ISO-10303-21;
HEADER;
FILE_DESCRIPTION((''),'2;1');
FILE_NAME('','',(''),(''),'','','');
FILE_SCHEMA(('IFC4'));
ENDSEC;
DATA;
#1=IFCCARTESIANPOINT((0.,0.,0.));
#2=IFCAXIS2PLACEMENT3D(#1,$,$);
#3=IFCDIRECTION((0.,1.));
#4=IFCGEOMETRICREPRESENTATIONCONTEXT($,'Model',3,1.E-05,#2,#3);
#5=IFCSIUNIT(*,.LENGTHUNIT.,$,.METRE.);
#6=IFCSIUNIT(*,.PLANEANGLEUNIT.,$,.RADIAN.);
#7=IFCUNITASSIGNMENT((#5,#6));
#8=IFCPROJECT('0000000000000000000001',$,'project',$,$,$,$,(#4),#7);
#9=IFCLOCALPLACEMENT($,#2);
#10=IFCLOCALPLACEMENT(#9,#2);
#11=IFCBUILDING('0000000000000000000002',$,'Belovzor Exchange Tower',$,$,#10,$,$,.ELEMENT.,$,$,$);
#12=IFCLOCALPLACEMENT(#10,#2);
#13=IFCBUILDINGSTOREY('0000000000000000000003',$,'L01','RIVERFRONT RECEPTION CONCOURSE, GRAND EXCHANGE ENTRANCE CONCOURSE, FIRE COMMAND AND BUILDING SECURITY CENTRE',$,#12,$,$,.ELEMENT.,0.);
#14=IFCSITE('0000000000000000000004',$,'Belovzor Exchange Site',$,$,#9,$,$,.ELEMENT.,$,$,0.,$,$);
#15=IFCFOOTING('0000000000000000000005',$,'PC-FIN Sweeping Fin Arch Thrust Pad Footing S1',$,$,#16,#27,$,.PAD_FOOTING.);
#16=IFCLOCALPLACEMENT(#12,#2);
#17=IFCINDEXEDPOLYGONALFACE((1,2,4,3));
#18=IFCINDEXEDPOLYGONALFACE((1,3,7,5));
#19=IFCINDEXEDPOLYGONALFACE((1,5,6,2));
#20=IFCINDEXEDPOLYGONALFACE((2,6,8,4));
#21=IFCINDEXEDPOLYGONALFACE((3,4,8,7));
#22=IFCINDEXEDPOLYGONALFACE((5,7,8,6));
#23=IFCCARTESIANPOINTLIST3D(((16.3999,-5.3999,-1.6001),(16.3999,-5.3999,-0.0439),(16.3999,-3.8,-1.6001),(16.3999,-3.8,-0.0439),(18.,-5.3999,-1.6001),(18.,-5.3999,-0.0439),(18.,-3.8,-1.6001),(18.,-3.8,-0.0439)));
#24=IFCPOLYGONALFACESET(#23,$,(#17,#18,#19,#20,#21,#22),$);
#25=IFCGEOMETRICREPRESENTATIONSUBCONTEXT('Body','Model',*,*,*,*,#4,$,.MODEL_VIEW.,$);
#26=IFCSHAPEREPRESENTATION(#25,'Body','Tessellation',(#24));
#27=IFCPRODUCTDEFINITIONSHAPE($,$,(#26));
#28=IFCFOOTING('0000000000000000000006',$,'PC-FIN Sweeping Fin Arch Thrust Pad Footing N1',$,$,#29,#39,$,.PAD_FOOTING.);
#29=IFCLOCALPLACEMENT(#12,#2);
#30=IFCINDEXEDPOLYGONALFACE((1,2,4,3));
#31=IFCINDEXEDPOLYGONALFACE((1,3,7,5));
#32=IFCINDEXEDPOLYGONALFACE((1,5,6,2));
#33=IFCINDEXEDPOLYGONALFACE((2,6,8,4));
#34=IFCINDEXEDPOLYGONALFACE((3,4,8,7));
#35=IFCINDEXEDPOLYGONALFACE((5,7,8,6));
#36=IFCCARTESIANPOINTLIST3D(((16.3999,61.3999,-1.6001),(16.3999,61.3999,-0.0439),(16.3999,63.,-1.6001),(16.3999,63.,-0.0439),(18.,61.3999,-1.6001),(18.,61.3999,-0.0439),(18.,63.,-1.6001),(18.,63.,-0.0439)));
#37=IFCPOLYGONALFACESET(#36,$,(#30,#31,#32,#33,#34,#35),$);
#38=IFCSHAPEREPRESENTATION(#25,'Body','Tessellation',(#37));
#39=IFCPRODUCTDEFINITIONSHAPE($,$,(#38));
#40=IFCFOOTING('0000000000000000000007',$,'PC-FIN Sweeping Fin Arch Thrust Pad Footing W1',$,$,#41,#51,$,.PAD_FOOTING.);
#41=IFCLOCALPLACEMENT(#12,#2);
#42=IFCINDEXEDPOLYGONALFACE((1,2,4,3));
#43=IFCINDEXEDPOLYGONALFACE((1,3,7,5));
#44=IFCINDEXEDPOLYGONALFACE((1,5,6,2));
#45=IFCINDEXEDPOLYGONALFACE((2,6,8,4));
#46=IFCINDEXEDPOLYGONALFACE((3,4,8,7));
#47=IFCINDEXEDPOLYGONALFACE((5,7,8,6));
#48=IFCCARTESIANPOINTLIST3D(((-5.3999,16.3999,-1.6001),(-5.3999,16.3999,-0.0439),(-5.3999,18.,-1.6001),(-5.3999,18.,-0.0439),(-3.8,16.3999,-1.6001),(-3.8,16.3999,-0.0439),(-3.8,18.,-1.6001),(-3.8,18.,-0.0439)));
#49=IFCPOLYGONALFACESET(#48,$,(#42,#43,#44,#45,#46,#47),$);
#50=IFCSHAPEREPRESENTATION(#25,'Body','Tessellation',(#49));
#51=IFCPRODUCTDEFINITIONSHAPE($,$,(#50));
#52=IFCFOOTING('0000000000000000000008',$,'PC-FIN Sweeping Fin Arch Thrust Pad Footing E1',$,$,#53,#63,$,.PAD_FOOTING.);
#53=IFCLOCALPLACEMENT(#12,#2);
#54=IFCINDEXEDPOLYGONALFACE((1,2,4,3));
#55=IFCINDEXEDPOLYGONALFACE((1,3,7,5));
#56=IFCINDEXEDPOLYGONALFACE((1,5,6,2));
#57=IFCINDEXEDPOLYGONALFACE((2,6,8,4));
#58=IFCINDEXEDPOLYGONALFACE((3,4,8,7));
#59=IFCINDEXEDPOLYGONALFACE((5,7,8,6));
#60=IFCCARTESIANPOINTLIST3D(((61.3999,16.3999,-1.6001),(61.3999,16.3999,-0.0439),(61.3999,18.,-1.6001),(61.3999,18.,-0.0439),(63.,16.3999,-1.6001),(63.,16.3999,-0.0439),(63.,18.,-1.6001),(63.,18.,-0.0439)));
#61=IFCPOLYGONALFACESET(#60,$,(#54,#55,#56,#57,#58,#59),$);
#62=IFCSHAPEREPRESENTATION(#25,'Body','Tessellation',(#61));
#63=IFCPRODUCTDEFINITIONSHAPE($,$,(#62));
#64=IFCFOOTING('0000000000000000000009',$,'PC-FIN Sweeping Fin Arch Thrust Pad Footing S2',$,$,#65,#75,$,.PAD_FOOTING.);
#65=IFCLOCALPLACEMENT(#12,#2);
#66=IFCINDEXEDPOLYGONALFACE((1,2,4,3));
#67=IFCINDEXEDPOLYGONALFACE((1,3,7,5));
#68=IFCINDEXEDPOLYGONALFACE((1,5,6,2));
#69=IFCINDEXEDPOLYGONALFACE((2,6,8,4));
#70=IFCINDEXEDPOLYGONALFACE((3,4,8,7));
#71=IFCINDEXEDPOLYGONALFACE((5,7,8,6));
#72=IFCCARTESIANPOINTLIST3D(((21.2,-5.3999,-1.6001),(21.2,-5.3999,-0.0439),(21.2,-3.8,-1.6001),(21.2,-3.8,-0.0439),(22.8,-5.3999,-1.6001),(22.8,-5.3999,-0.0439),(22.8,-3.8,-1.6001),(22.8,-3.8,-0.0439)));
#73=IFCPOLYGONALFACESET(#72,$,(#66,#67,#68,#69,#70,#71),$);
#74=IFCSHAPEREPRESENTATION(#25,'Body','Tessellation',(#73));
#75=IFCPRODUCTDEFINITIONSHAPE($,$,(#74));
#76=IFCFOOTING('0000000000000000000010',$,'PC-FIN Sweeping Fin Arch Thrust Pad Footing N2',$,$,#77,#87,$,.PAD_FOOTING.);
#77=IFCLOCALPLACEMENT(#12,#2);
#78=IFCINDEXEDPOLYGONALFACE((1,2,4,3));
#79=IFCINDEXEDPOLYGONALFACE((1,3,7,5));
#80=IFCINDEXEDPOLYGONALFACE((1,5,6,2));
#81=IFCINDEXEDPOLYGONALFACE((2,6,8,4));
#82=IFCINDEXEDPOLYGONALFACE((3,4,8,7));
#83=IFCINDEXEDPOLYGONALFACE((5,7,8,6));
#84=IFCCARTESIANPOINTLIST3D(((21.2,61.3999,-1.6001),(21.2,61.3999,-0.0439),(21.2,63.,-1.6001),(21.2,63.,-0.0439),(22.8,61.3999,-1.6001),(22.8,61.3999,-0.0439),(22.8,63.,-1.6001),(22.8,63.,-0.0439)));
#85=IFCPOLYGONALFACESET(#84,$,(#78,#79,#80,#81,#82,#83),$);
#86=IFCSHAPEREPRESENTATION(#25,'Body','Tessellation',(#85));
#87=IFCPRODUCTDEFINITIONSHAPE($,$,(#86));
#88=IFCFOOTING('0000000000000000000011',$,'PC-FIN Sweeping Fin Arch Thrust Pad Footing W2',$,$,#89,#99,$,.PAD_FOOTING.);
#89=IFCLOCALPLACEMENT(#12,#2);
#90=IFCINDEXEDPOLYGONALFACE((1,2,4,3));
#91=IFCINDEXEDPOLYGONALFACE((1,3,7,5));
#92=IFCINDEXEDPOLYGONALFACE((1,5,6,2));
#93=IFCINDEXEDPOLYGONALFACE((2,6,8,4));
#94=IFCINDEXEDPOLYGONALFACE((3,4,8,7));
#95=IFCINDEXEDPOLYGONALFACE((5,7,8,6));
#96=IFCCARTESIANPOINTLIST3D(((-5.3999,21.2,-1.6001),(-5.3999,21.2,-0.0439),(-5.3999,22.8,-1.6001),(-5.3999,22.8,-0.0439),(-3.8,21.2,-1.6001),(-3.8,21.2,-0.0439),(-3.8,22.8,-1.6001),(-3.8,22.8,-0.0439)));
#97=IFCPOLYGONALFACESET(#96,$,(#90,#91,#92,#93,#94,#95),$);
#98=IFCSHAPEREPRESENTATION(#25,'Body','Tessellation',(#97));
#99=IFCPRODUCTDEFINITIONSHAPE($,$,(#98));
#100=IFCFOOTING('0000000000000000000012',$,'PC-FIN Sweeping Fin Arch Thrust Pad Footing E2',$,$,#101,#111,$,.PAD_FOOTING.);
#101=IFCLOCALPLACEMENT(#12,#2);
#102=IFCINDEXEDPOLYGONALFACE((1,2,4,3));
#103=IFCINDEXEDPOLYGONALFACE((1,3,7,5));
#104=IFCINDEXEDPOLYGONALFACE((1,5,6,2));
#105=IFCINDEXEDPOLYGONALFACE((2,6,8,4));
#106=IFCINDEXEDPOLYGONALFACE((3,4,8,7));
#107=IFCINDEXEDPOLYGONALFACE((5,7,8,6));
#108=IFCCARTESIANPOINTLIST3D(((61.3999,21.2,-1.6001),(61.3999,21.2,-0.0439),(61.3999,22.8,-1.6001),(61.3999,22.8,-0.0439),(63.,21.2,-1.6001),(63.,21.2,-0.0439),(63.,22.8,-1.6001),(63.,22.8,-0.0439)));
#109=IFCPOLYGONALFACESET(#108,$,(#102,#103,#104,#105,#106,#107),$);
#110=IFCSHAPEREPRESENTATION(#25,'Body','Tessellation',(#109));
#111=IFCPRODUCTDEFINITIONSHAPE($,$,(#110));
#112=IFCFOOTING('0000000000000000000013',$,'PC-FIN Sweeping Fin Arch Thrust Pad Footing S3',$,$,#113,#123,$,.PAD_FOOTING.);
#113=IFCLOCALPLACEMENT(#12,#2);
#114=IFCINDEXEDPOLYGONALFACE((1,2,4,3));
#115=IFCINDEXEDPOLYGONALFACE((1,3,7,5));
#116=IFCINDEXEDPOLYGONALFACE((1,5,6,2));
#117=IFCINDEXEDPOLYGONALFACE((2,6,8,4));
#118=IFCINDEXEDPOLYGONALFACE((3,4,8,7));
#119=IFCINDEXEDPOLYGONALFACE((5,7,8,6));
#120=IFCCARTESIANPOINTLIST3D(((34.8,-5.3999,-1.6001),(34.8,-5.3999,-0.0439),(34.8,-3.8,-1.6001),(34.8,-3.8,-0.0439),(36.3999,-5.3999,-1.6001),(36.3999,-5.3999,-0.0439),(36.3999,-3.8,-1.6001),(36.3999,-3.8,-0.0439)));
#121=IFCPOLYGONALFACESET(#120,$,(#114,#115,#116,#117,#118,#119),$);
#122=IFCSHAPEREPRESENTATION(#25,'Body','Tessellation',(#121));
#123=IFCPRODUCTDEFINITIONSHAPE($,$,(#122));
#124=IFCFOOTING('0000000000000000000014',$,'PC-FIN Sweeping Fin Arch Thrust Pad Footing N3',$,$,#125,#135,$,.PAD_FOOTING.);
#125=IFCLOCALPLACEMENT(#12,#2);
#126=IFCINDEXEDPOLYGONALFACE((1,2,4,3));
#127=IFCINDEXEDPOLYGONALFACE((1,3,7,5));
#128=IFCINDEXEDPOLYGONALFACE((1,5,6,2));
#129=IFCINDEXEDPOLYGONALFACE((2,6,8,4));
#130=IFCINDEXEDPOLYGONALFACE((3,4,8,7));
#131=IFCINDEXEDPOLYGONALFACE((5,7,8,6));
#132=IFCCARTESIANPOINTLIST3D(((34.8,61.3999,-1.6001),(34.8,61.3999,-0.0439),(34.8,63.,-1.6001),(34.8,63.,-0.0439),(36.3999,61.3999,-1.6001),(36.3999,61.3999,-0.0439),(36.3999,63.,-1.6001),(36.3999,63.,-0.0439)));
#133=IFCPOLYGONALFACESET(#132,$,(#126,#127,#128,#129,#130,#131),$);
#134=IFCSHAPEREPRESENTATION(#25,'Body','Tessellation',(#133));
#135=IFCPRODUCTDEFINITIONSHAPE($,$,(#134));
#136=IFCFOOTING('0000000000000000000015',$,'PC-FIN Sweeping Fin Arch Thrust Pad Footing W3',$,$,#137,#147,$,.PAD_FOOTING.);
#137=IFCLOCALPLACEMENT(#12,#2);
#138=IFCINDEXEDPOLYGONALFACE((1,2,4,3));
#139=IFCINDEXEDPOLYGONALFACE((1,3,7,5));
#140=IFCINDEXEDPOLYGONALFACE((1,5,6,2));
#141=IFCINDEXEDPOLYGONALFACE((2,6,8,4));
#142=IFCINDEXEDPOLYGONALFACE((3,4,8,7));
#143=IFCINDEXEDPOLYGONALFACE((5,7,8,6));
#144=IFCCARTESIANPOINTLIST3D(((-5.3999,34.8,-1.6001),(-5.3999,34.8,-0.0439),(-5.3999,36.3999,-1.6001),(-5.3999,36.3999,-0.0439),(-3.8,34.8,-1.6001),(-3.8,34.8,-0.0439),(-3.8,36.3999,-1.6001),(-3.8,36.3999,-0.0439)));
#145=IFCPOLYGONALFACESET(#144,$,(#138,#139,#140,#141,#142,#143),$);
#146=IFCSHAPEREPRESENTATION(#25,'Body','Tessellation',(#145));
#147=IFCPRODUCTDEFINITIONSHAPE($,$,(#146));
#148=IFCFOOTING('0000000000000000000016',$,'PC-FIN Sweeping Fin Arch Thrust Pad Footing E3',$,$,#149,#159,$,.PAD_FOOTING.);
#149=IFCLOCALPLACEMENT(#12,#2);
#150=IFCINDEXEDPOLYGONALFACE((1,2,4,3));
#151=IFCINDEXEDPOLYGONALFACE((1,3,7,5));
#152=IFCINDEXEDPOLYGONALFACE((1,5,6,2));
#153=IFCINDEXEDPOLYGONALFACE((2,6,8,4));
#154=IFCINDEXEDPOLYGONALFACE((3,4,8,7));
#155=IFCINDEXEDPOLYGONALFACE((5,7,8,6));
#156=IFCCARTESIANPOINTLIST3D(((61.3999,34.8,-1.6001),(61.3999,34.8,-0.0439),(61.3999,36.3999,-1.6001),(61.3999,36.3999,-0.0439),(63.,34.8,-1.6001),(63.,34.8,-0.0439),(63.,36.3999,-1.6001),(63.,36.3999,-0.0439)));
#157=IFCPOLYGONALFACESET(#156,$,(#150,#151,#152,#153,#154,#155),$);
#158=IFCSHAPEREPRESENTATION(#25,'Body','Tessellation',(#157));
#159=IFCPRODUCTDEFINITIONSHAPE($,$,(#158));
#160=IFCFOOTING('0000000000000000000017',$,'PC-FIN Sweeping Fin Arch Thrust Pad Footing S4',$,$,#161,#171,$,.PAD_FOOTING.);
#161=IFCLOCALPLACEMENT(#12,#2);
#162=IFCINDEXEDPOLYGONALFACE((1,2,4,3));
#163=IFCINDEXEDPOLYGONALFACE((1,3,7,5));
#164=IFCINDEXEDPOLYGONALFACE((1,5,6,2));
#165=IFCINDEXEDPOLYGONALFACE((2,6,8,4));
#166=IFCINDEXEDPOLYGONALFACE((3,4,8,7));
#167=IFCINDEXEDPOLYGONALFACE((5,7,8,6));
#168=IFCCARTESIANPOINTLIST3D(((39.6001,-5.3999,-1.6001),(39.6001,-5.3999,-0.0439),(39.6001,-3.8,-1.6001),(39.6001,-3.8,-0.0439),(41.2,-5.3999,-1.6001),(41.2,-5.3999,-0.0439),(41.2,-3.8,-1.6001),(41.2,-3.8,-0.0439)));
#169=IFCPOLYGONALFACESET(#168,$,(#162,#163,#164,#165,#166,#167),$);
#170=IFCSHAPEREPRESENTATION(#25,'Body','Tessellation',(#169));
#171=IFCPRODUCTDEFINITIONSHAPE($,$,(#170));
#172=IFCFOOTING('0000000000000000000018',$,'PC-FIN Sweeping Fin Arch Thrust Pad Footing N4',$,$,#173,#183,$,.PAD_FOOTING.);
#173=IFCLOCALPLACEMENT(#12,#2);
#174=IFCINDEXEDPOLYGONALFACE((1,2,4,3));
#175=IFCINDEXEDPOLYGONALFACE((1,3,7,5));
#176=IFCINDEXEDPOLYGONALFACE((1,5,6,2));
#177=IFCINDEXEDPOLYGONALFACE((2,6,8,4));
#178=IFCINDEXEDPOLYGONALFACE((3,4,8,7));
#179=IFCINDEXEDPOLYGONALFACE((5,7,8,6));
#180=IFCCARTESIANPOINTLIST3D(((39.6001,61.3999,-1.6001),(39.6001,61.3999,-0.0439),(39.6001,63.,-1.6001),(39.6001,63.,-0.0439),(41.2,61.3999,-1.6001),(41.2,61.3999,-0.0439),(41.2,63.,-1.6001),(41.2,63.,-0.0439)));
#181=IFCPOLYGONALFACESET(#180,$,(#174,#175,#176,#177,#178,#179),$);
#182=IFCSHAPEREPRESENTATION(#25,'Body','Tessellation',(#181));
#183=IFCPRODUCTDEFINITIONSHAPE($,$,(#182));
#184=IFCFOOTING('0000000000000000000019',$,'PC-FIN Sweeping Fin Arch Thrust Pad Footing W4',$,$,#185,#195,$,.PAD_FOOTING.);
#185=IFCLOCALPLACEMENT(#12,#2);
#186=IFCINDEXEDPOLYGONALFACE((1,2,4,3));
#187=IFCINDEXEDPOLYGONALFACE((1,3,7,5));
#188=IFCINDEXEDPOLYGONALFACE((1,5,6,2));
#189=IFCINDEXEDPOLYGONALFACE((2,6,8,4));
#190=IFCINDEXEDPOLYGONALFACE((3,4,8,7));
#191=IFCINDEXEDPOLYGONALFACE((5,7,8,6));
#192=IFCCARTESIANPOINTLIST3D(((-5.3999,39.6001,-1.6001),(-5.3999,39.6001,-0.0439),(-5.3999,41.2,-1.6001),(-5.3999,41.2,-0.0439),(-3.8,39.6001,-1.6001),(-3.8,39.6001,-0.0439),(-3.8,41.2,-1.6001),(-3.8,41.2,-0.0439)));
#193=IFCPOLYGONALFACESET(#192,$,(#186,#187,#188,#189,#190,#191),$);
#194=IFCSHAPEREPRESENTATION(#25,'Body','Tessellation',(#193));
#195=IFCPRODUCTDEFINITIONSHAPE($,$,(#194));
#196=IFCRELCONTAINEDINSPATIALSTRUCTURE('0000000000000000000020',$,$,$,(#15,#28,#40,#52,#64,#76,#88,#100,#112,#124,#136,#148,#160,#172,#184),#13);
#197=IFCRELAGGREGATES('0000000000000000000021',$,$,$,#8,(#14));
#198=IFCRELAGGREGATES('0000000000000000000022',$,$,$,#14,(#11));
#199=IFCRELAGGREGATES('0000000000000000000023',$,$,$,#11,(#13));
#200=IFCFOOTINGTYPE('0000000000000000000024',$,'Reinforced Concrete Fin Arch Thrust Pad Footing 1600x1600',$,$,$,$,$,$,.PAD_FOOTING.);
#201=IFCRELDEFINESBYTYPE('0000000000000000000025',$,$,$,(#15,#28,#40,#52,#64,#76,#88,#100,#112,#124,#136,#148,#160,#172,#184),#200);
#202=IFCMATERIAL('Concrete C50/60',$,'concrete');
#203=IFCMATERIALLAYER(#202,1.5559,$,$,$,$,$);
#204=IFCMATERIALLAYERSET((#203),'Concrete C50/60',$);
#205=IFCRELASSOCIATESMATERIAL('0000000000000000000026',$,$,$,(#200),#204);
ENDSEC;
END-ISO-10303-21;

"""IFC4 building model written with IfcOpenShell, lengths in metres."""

from ifc_helpers import new_model, si_unit, direction, frame, origin, place, context, subcontext, project, spatial, polyline, outline, extrude, material, layer, layer_set, type_object, element, save


model = new_model("IFC4")

# Units and contexts
model_context = context("Model", 3, precision=1e-05, world=origin(), true_north=direction((0.0, 1.0)))
body_context = subcontext(model_context, "Body", "Model", "MODEL_VIEW")
ifc_project = project(units=[si_unit("LENGTHUNIT", "METRE"), si_unit("PLANEANGLEUNIT", "RADIAN")], contexts=[model_context])

# Site, building, storey
site_placement = place(None, origin())
site = spatial("IfcSite", under=ifc_project, at=site_placement, Name="Belovzor Exchange Site", CompositionType="ELEMENT", RefElevation=0.0)
building_placement = place(site_placement, origin())
building = spatial("IfcBuilding", under=site, at=building_placement, Name="Belovzor Exchange Tower", CompositionType="ELEMENT")
storey_placement = place(building_placement, origin())
storey = spatial("IfcBuildingStorey", under=building, at=storey_placement, Name="L01", Description="RIVERFRONT RECEPTION CONCOURSE, GRAND EXCHANGE ENTRANCE CONCOURSE, FIRE COMMAND AND BUILDING SECURITY CENTRE", CompositionType="ELEMENT", Elevation=0.0)

# Footings
ifc_material_1 = material(Name="Concrete C50/60", Category="concrete")
ifc_layer_1 = layer(ifc_material_1, 1.5559)
ifc_layer_set_1 = layer_set([ifc_layer_1], Name="Concrete C50/60")
footing_type = type_object("IfcFootingType", Name="Reinforced Concrete Fin Arch Thrust Pad Footing 1600x1600", PredefinedType="PAD_FOOTING", material=ifc_layer_set_1)
footing_1_placement = place(storey_placement, frame((0.0, 0.0, -1.6001)))
element("IfcFooting", 1, at=footing_1_placement, inside=storey, type_object=footing_type, Name="PC-FIN Sweeping Fin Arch Thrust Pad Footing S1", PredefinedType="PAD_FOOTING", context=body_context, shape_type="SweptSolid", body=[
    extrude(outline(polyline([(16.3999, -5.3999), (18.0, -5.3999), (18.0, -3.8), (16.3999, -3.8), (16.3999, -5.3999)])), origin(), (0.0, 0.0, 1.0), 1.5562),
])
footing_2_placement = place(storey_placement, frame((0.0, 0.0, -1.6001)))
element("IfcFooting", 2, at=footing_2_placement, inside=storey, type_object=footing_type, Name="PC-FIN Sweeping Fin Arch Thrust Pad Footing N1", PredefinedType="PAD_FOOTING", context=body_context, shape_type="SweptSolid", body=[
    extrude(outline(polyline([(16.3999, 61.3999), (18.0, 61.3999), (18.0, 63.0), (16.3999, 63.0), (16.3999, 61.3999)])), origin(), (0.0, 0.0, 1.0), 1.5562),
])
footing_3_placement = place(storey_placement, frame((0.0, 0.0, -1.6001)))
element("IfcFooting", 3, at=footing_3_placement, inside=storey, type_object=footing_type, Name="PC-FIN Sweeping Fin Arch Thrust Pad Footing W1", PredefinedType="PAD_FOOTING", context=body_context, shape_type="SweptSolid", body=[
    extrude(outline(polyline([(-5.3999, 16.3999), (-3.8, 16.3999), (-3.8, 18.0), (-5.3999, 18.0), (-5.3999, 16.3999)])), origin(), (0.0, 0.0, 1.0), 1.5562),
])
footing_4_placement = place(storey_placement, frame((0.0, 0.0, -1.6001)))
element("IfcFooting", 4, at=footing_4_placement, inside=storey, type_object=footing_type, Name="PC-FIN Sweeping Fin Arch Thrust Pad Footing E1", PredefinedType="PAD_FOOTING", context=body_context, shape_type="SweptSolid", body=[
    extrude(outline(polyline([(61.3999, 16.3999), (63.0, 16.3999), (63.0, 18.0), (61.3999, 18.0), (61.3999, 16.3999)])), origin(), (0.0, 0.0, 1.0), 1.5562),
])
footing_5_placement = place(storey_placement, frame((0.0, 0.0, -1.6001)))
element("IfcFooting", 5, at=footing_5_placement, inside=storey, type_object=footing_type, Name="PC-FIN Sweeping Fin Arch Thrust Pad Footing S2", PredefinedType="PAD_FOOTING", context=body_context, shape_type="SweptSolid", body=[
    extrude(outline(polyline([(21.2, -5.3999), (22.8, -5.3999), (22.8, -3.8), (21.2, -3.8), (21.2, -5.3999)])), origin(), (0.0, 0.0, 1.0), 1.5562),
])
footing_6_placement = place(storey_placement, frame((0.0, 0.0, -1.6001)))
element("IfcFooting", 6, at=footing_6_placement, inside=storey, type_object=footing_type, Name="PC-FIN Sweeping Fin Arch Thrust Pad Footing N2", PredefinedType="PAD_FOOTING", context=body_context, shape_type="SweptSolid", body=[
    extrude(outline(polyline([(21.2, 61.3999), (22.8, 61.3999), (22.8, 63.0), (21.2, 63.0), (21.2, 61.3999)])), origin(), (0.0, 0.0, 1.0), 1.5562),
])
footing_7_placement = place(storey_placement, frame((0.0, 0.0, -1.6001)))
element("IfcFooting", 7, at=footing_7_placement, inside=storey, type_object=footing_type, Name="PC-FIN Sweeping Fin Arch Thrust Pad Footing W2", PredefinedType="PAD_FOOTING", context=body_context, shape_type="SweptSolid", body=[
    extrude(outline(polyline([(-5.3999, 21.2), (-3.8, 21.2), (-3.8, 22.8), (-5.3999, 22.8), (-5.3999, 21.2)])), origin(), (0.0, 0.0, 1.0), 1.5562),
])
footing_8_placement = place(storey_placement, frame((0.0, 0.0, -1.6001)))
element("IfcFooting", 8, at=footing_8_placement, inside=storey, type_object=footing_type, Name="PC-FIN Sweeping Fin Arch Thrust Pad Footing E2", PredefinedType="PAD_FOOTING", context=body_context, shape_type="SweptSolid", body=[
    extrude(outline(polyline([(61.3999, 21.2), (63.0, 21.2), (63.0, 22.8), (61.3999, 22.8), (61.3999, 21.2)])), origin(), (0.0, 0.0, 1.0), 1.5562),
])
footing_9_placement = place(storey_placement, frame((0.0, 0.0, -1.6001)))
element("IfcFooting", 9, at=footing_9_placement, inside=storey, type_object=footing_type, Name="PC-FIN Sweeping Fin Arch Thrust Pad Footing S3", PredefinedType="PAD_FOOTING", context=body_context, shape_type="SweptSolid", body=[
    extrude(outline(polyline([(34.8, -5.3999), (36.3999, -5.3999), (36.3999, -3.8), (34.8, -3.8), (34.8, -5.3999)])), origin(), (0.0, 0.0, 1.0), 1.5562),
])
footing_10_placement = place(storey_placement, frame((0.0, 0.0, -1.6001)))
element("IfcFooting", 10, at=footing_10_placement, inside=storey, type_object=footing_type, Name="PC-FIN Sweeping Fin Arch Thrust Pad Footing N3", PredefinedType="PAD_FOOTING", context=body_context, shape_type="SweptSolid", body=[
    extrude(outline(polyline([(34.8, 61.3999), (36.3999, 61.3999), (36.3999, 63.0), (34.8, 63.0), (34.8, 61.3999)])), origin(), (0.0, 0.0, 1.0), 1.5562),
])
footing_11_placement = place(storey_placement, frame((0.0, 0.0, -1.6001)))
element("IfcFooting", 11, at=footing_11_placement, inside=storey, type_object=footing_type, Name="PC-FIN Sweeping Fin Arch Thrust Pad Footing W3", PredefinedType="PAD_FOOTING", context=body_context, shape_type="SweptSolid", body=[
    extrude(outline(polyline([(-5.3999, 34.8), (-3.8, 34.8), (-3.8, 36.3999), (-5.3999, 36.3999), (-5.3999, 34.8)])), origin(), (0.0, 0.0, 1.0), 1.5562),
])
footing_12_placement = place(storey_placement, frame((0.0, 0.0, -1.6001)))
element("IfcFooting", 12, at=footing_12_placement, inside=storey, type_object=footing_type, Name="PC-FIN Sweeping Fin Arch Thrust Pad Footing E3", PredefinedType="PAD_FOOTING", context=body_context, shape_type="SweptSolid", body=[
    extrude(outline(polyline([(61.3999, 34.8), (63.0, 34.8), (63.0, 36.3999), (61.3999, 36.3999), (61.3999, 34.8)])), origin(), (0.0, 0.0, 1.0), 1.5562),
])
footing_13_placement = place(storey_placement, frame((0.0, 0.0, -1.6001)))
element("IfcFooting", 13, at=footing_13_placement, inside=storey, type_object=footing_type, Name="PC-FIN Sweeping Fin Arch Thrust Pad Footing S4", PredefinedType="PAD_FOOTING", context=body_context, shape_type="SweptSolid", body=[
    extrude(outline(polyline([(39.6001, -5.3999), (41.2, -5.3999), (41.2, -3.8), (39.6001, -3.8), (39.6001, -5.3999)])), origin(), (0.0, 0.0, 1.0), 1.5562),
])
footing_14_placement = place(storey_placement, frame((0.0, 0.0, -1.6001)))
element("IfcFooting", 14, at=footing_14_placement, inside=storey, type_object=footing_type, Name="PC-FIN Sweeping Fin Arch Thrust Pad Footing N4", PredefinedType="PAD_FOOTING", context=body_context, shape_type="SweptSolid", body=[
    extrude(outline(polyline([(39.6001, 61.3999), (41.2, 61.3999), (41.2, 63.0), (39.6001, 63.0), (39.6001, 61.3999)])), origin(), (0.0, 0.0, 1.0), 1.5562),
])
footing_15_placement = place(storey_placement, frame((0.0, 0.0, -1.6001)))
element("IfcFooting", 15, at=footing_15_placement, inside=storey, type_object=footing_type, Name="PC-FIN Sweeping Fin Arch Thrust Pad Footing W4", PredefinedType="PAD_FOOTING", context=body_context, shape_type="SweptSolid", body=[
    extrude(outline(polyline([(-5.3999, 39.6001), (-3.8, 39.6001), (-3.8, 41.2), (-5.3999, 41.2), (-5.3999, 39.6001)])), origin(), (0.0, 0.0, 1.0), 1.5562),
])

save(model, "model.ifc")
